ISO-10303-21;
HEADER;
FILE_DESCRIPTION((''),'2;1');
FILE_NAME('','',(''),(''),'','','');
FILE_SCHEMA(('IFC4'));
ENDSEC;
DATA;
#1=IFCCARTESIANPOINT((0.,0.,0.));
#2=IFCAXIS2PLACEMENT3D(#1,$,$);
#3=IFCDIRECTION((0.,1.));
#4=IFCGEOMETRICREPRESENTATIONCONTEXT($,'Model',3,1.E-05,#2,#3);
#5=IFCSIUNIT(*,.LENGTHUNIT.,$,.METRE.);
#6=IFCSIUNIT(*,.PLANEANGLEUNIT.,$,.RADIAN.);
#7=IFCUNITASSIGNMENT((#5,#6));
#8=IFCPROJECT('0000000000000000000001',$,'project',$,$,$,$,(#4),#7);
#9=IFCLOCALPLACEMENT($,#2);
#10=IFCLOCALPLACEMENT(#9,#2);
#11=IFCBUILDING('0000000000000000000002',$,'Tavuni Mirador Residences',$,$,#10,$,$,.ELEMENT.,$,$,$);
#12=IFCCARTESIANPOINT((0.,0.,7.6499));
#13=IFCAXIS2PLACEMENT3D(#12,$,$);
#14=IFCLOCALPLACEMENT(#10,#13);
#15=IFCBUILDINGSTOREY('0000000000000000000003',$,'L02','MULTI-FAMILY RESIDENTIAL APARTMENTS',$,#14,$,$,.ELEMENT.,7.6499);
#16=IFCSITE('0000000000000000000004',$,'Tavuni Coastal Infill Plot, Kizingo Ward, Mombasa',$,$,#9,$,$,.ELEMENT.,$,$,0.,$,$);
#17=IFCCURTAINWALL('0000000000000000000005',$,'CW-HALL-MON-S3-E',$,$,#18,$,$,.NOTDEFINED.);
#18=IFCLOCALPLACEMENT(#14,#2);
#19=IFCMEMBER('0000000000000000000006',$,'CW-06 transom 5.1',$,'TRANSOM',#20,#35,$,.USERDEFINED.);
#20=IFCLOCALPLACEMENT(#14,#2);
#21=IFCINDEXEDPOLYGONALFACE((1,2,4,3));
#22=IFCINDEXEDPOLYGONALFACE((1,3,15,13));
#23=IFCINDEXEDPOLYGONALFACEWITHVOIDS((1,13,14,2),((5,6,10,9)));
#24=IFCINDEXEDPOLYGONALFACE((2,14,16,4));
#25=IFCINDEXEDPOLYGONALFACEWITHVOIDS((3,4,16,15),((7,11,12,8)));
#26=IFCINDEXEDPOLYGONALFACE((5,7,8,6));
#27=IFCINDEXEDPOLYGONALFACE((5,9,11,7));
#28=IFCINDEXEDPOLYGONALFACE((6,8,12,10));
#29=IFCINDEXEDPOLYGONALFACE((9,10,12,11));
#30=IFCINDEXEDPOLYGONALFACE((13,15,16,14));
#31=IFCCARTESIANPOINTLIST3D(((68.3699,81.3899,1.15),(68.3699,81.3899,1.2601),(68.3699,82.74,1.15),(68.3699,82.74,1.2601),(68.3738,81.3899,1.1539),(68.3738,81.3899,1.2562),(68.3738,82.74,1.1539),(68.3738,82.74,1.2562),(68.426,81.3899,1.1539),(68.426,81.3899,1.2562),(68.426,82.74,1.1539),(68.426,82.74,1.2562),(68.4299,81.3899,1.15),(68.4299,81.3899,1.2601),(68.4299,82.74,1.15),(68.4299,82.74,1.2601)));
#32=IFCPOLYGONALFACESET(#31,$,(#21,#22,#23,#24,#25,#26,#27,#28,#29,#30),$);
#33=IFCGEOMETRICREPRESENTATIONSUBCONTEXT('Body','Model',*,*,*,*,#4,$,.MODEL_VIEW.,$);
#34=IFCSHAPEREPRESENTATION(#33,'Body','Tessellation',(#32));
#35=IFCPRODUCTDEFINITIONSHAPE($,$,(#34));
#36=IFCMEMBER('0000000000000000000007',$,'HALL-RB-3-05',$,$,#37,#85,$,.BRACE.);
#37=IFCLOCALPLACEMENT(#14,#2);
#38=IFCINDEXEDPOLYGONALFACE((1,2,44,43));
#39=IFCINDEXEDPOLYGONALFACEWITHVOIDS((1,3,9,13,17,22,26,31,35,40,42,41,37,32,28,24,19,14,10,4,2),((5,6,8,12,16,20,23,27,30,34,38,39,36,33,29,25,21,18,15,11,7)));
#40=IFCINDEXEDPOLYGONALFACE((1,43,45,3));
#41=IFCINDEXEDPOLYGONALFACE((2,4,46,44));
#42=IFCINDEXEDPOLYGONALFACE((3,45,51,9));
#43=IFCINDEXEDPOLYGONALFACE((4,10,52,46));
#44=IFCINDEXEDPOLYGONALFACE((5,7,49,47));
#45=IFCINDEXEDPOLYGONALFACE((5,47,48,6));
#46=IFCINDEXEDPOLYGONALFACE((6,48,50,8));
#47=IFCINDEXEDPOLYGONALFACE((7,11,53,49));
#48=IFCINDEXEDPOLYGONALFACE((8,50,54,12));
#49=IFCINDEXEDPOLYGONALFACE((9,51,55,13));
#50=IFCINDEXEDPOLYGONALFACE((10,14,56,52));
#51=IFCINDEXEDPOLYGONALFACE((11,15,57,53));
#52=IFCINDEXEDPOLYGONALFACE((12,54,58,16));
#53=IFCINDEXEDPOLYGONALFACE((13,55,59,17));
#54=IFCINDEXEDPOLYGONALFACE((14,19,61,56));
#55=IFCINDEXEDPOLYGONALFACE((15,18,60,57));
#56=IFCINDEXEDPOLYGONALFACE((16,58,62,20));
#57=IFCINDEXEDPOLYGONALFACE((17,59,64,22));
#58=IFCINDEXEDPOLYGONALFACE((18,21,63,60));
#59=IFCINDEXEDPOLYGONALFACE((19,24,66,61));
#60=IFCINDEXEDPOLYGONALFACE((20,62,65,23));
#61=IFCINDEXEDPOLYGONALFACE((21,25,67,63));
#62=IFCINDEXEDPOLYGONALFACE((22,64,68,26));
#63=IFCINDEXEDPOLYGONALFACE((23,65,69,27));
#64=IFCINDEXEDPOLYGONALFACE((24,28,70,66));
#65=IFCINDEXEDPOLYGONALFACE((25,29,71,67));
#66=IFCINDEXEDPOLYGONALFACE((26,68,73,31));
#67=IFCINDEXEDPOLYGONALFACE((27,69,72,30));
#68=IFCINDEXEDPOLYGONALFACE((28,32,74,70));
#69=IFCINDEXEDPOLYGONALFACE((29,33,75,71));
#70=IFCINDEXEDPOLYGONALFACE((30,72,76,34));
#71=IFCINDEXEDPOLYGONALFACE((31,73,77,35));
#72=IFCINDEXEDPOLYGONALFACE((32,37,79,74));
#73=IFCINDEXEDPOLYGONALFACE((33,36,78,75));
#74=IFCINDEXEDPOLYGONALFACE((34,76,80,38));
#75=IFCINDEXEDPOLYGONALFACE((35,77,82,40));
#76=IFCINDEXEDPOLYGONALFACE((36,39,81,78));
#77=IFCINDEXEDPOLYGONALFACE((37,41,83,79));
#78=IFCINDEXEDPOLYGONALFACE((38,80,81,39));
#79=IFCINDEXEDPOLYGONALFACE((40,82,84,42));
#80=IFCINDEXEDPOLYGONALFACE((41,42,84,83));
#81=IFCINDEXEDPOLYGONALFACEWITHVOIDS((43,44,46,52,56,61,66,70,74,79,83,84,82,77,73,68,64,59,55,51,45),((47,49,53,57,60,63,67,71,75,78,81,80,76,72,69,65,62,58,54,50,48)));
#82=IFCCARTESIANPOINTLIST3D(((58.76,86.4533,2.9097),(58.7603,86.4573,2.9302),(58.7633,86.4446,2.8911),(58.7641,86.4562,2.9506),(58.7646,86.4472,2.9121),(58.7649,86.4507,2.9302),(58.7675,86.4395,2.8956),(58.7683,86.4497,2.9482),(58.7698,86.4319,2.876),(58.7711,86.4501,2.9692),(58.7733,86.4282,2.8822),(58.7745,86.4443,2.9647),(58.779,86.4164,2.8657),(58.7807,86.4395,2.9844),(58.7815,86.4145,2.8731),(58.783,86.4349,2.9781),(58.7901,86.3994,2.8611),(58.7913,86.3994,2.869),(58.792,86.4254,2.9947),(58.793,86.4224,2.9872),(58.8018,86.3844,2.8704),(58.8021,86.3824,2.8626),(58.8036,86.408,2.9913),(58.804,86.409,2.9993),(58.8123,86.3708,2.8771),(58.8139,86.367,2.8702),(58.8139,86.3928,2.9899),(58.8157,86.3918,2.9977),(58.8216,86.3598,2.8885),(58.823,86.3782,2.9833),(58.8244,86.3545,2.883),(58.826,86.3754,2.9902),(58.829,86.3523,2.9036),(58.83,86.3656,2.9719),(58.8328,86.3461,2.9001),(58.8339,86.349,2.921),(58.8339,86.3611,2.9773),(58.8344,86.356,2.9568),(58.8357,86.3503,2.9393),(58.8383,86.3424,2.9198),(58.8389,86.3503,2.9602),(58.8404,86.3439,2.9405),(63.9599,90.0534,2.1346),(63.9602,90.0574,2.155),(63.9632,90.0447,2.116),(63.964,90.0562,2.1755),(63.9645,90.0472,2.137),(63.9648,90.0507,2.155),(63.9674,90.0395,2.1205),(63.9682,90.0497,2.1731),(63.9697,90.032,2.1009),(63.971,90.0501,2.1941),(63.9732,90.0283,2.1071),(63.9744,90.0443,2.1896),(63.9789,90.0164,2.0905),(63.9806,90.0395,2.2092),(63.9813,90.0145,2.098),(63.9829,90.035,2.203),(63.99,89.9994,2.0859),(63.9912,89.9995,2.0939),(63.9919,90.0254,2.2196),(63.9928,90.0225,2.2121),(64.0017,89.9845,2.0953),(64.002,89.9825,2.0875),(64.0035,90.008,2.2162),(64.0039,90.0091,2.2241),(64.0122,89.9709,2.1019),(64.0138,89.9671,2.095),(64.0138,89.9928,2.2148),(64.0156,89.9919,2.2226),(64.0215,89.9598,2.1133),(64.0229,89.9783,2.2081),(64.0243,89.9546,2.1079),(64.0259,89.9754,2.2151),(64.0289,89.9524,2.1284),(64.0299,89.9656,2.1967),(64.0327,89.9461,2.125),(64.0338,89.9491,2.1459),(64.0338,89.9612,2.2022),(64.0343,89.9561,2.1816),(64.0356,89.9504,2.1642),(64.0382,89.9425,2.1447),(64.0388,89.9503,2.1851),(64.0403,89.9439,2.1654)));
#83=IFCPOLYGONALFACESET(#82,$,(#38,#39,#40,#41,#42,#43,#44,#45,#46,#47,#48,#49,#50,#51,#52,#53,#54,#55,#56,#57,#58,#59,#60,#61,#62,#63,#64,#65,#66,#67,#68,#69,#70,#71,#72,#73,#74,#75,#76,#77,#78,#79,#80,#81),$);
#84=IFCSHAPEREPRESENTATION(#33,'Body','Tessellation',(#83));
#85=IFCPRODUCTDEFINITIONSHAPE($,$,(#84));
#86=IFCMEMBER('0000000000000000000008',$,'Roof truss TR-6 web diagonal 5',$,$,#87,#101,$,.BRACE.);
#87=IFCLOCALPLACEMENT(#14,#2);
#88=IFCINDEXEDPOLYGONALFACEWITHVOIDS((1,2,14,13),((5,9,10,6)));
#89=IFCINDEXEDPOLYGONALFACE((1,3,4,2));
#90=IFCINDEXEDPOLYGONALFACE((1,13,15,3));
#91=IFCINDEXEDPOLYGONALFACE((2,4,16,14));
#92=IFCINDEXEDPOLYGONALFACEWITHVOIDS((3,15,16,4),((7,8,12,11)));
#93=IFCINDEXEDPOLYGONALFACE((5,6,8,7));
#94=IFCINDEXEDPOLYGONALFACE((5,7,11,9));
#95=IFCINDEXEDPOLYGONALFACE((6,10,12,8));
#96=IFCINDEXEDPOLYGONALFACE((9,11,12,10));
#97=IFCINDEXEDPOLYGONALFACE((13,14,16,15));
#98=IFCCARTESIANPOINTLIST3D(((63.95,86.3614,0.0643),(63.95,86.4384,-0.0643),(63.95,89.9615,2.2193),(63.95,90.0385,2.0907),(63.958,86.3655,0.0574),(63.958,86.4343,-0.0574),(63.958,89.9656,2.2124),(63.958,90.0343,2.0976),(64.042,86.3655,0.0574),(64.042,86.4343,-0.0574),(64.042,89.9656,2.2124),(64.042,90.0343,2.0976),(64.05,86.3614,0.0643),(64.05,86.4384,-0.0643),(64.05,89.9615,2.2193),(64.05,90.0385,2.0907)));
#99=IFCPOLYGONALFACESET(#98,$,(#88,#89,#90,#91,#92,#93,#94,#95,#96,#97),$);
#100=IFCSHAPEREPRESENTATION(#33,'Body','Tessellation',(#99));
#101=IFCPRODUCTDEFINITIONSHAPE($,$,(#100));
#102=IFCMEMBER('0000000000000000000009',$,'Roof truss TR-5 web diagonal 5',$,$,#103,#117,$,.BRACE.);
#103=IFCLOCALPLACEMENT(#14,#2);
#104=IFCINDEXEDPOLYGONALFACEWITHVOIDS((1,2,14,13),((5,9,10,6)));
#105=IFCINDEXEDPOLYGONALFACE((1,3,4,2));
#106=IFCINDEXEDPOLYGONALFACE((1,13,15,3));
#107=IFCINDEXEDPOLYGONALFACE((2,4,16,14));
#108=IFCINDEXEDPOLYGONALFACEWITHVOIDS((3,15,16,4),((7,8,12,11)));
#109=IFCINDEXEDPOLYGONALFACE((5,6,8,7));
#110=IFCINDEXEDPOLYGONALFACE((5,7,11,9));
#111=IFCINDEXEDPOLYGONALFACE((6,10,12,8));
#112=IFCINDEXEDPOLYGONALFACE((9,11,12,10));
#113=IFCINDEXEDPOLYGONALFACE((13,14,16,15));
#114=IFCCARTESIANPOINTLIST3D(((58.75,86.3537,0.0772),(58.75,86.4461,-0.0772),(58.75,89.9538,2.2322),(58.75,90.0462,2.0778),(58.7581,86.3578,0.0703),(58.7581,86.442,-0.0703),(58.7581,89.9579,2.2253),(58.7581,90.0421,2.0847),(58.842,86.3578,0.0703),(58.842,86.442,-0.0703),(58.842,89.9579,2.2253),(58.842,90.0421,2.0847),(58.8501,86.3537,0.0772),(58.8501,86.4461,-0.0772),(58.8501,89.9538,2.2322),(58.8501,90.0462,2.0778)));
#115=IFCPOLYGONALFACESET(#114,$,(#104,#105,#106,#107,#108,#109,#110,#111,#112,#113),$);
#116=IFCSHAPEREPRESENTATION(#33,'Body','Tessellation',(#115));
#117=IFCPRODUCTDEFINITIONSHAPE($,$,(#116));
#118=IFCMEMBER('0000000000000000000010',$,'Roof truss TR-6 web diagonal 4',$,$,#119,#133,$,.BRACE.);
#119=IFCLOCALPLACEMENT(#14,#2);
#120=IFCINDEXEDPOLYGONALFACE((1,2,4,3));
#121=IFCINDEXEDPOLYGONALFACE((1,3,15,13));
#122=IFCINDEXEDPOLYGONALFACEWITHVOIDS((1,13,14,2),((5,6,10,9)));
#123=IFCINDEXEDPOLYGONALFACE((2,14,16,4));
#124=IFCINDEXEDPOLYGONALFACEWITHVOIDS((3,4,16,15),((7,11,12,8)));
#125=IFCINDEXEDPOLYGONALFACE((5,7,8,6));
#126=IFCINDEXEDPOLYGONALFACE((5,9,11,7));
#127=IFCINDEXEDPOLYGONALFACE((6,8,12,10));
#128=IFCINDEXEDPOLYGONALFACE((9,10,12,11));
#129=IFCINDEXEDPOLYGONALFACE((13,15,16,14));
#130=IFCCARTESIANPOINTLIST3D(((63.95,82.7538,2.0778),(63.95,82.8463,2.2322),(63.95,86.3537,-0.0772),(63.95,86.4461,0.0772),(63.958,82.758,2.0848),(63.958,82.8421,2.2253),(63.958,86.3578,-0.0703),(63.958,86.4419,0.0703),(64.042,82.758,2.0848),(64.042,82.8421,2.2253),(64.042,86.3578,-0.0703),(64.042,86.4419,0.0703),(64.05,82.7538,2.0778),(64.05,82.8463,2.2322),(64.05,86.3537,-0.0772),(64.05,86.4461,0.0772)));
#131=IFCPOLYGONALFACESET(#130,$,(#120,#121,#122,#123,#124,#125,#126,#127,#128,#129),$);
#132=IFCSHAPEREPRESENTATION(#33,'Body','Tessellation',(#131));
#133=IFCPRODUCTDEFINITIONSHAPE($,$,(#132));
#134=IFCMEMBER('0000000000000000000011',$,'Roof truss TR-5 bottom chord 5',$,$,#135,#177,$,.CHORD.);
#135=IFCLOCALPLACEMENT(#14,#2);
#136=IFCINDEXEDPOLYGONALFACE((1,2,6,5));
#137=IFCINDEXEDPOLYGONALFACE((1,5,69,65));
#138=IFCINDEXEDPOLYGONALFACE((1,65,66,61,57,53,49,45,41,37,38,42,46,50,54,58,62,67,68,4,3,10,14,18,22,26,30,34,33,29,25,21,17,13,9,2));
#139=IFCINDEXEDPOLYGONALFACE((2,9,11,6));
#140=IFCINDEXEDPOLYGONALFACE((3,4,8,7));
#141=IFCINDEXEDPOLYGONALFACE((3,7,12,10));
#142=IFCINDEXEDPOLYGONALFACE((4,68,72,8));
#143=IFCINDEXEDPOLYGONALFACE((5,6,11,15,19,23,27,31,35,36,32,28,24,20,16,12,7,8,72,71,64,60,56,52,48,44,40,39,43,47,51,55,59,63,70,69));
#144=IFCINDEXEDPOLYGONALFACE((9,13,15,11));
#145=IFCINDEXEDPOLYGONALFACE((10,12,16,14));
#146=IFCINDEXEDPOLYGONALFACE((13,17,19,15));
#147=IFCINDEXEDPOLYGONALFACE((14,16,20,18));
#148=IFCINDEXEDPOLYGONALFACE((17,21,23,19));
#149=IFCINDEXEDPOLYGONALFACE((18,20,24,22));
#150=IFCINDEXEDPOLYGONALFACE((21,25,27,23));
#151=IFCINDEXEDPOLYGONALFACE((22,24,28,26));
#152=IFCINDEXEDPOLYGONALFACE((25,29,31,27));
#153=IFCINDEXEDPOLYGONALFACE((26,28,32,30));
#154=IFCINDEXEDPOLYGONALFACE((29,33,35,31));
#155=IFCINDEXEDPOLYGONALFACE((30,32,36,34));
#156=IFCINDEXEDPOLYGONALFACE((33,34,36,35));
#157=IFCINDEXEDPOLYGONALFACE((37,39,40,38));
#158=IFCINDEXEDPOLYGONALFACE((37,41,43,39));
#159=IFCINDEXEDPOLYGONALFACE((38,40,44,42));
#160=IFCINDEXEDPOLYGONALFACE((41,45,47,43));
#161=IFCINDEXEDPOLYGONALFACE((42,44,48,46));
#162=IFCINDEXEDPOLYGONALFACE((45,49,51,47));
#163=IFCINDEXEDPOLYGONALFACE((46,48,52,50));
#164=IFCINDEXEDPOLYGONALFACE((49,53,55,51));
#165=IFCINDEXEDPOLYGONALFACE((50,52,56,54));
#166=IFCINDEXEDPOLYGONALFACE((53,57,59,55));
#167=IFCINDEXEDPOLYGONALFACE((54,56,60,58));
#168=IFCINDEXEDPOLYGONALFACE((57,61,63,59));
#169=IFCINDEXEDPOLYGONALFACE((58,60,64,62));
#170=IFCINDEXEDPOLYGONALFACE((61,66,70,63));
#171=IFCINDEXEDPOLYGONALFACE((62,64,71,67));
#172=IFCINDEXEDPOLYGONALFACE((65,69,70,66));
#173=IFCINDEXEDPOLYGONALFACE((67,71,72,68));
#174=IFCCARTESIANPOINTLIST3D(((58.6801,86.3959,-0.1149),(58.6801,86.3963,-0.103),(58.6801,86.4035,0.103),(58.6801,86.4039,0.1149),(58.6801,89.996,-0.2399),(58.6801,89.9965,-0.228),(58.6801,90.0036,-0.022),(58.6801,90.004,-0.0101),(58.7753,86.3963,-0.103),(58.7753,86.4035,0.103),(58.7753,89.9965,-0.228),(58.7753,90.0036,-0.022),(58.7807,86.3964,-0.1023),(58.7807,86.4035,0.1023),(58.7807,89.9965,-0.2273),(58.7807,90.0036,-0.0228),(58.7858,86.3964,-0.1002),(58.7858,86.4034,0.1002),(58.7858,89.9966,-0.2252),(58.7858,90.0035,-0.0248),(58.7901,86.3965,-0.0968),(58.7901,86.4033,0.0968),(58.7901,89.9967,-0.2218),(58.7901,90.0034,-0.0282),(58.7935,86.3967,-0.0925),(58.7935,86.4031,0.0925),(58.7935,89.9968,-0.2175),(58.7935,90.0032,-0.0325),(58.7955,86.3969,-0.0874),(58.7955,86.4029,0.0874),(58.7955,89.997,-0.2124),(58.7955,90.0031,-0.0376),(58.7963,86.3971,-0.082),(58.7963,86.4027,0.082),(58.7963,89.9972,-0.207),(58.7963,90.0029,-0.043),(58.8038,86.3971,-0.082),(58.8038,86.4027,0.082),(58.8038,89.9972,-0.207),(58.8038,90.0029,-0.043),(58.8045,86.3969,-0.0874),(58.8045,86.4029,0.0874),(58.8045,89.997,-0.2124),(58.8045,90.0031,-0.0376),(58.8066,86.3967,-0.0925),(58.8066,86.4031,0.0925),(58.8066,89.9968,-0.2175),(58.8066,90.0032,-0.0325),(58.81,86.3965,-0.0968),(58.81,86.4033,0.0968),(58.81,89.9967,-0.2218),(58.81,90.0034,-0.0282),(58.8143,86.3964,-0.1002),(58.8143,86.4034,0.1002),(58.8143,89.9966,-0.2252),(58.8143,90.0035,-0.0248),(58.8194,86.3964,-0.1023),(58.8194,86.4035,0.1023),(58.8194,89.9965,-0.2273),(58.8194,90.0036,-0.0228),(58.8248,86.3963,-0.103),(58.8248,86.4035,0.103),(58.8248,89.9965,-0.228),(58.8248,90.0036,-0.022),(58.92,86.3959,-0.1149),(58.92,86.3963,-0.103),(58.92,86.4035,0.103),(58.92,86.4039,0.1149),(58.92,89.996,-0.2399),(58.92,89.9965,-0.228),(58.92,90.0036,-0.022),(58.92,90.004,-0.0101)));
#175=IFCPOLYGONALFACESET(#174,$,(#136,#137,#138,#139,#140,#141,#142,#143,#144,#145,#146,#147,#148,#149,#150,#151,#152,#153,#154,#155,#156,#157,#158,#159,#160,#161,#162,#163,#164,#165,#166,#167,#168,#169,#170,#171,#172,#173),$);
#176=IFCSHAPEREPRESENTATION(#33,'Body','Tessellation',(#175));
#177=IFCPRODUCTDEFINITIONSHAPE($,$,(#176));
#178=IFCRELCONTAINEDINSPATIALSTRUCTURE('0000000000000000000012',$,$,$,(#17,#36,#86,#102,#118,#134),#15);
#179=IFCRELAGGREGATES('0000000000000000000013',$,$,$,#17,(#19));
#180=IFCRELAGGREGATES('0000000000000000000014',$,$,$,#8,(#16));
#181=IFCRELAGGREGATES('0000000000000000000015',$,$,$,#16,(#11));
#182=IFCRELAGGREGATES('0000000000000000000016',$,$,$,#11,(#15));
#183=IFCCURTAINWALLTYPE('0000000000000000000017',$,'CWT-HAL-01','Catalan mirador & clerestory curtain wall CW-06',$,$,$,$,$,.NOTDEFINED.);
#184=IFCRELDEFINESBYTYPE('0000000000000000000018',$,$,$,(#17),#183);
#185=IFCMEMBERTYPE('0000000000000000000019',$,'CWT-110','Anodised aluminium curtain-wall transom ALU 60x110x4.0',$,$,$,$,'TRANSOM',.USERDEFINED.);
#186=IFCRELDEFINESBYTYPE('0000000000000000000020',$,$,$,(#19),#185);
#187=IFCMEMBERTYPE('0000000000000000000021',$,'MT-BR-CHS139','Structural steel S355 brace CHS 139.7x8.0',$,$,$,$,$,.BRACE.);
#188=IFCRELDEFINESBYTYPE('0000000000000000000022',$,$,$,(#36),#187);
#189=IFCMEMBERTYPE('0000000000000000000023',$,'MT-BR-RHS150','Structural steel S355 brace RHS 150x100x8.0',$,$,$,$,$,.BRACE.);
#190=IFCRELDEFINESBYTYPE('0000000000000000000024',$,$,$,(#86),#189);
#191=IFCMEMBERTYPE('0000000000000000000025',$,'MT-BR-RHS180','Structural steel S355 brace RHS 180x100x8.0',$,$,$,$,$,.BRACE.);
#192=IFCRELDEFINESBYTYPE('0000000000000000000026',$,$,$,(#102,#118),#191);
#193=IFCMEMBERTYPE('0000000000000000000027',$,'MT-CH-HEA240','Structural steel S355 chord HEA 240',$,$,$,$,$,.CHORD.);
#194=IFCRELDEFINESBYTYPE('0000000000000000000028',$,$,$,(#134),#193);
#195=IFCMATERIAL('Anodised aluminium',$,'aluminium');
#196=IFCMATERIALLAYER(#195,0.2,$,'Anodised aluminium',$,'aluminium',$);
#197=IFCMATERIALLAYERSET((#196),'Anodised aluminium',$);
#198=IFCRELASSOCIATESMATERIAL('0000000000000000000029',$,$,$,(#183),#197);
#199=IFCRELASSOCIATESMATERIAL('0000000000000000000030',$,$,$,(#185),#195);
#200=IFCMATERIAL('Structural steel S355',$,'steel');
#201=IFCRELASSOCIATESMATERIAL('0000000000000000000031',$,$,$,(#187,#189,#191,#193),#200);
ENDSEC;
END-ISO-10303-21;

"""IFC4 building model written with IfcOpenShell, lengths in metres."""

from ifc_helpers import new_model, si_unit, direction, frame, origin, origin_2d, place, context, subcontext, project, spatial, hollow_rectangle, hollow_circle, i_section, extrude, material, layer, layer_set, material_profile, profile_set, type_object, element, aggregate, save


model = new_model("IFC4")

# Units and contexts
model_context = context("Model", 3, precision=1e-05, world=origin(), true_north=direction((0.0, 1.0)))
body_context = subcontext(model_context, "Body", "Model", "MODEL_VIEW")
ifc_project = project(units=[si_unit("LENGTHUNIT", "METRE"), si_unit("PLANEANGLEUNIT", "RADIAN")], contexts=[model_context])

# Site, building, storey
site_placement = place(None, origin())
site = spatial("IfcSite", under=ifc_project, at=site_placement, Name="Tavuni Coastal Infill Plot, Kizingo Ward, Mombasa", CompositionType="ELEMENT", RefElevation=0.0)
building_placement = place(site_placement, origin())
building = spatial("IfcBuilding", under=site, at=building_placement, Name="Tavuni Mirador Residences", CompositionType="ELEMENT")
storey_placement = place(building_placement, frame((0.0, 0.0, 7.6499)))
storey = spatial("IfcBuildingStorey", under=building, at=storey_placement, Name="L02", Description="MULTI-FAMILY RESIDENTIAL APARTMENTS", CompositionType="ELEMENT", Elevation=7.6499)

# Curtain wall
ifc_material_1 = material(Name="Anodised aluminium", Category="aluminium")
ifc_layer_1 = layer(ifc_material_1, 0.2, Name="Anodised aluminium", Category="aluminium")
ifc_layer_set_1 = layer_set([ifc_layer_1], Name="Anodised aluminium")
curtain_wall_type = type_object("IfcCurtainWallType", Name="CWT-HAL-01", Description="Catalan mirador & clerestory curtain wall CW-06", PredefinedType="NOTDEFINED", material=ifc_layer_set_1)
curtain_wall_1_placement = place(storey_placement, origin())
curtain_wall_1 = element("IfcCurtainWall", 1, at=curtain_wall_1_placement, inside=storey, type_object=curtain_wall_type, Name="CW-HALL-MON-S3-E", PredefinedType="NOTDEFINED")

# Member
ifc_material_profile_1 = material_profile(ifc_material_1, hollow_rectangle(XDim=0.0601, YDim=0.1101, WallThickness=0.0039, at=origin_2d()), Name="ALU 60x110x4.0", Category="aluminium")
ifc_profile_set_1 = profile_set([ifc_material_profile_1], Name="Anodised aluminium")
member_type_1 = type_object("IfcMemberType", Name="CWT-110", Description="Anodised aluminium curtain-wall transom ALU 60x110x4.0", ElementType="TRANSOM", PredefinedType="USERDEFINED", material=ifc_profile_set_1)
member_1_placement = place(storey_placement, frame((68.3999, 81.3899, 1.2051), z_axis=(0.0, 1.0, 0.0), x_axis=(-1.0, 0.0, 0.0)))
member_1 = element("IfcMember", 2, at=member_1_placement, type_object=member_type_1, Name="CW-06 transom 5.1", ObjectType="TRANSOM", PredefinedType="USERDEFINED", context=body_context, shape_type="SweptSolid", body=[
    extrude(hollow_rectangle(XDim=0.0601, YDim=0.1101, WallThickness=0.0039, at=origin_2d()), origin(), (0.0, 0.0, 1.0), 1.3501),
])

# Members
ifc_material_2 = material(Name="Structural steel S355", Category="steel")
ifc_material_profile_2 = material_profile(ifc_material_2, hollow_circle(Radius=0.0698, WallThickness=0.0081, at=origin_2d()), Name="CHS 139.7x8.0", Category="steel")
ifc_profile_set_2 = profile_set([ifc_material_profile_2], Name="Structural steel S355")
member_type_2 = type_object("IfcMemberType", Name="MT-BR-CHS139", Description="Structural steel S355 brace CHS 139.7x8.0", PredefinedType="BRACE", material=ifc_profile_set_2)
member_2_placement = place(storey_placement, frame((58.8, 86.3999, 2.9302), z_axis=(0.816076, 0.564996, -0.121651), x_axis=(-0.569224, 0.822182, 0.0)))
element("IfcMember", 3, at=member_2_placement, inside=storey, type_object=member_type_2, Name="HALL-RB-3-05", PredefinedType="BRACE", context=body_context, shape_type="SweptSolid", body=[
    extrude(hollow_circle(Radius=0.0698, WallThickness=0.0081, at=origin_2d()), origin(), (0.0, 0.0, 1.0), 6.3718),
])
ifc_material_profile_3 = material_profile(ifc_material_2, hollow_rectangle(XDim=0.1001, YDim=0.1499, WallThickness=0.0081, at=origin_2d()), Name="RHS 150x100x8.0", Category="steel")
ifc_profile_set_3 = profile_set([ifc_material_profile_3], Name="Structural steel S355")
member_type_3 = type_object("IfcMemberType", Name="MT-BR-RHS150", Description="Structural steel S355 brace RHS 150x100x8.0", PredefinedType="BRACE", material=ifc_profile_set_3)
member_3_placement = place(storey_placement, frame((64.0, 86.3999, 0.0), z_axis=(0.0, 0.858021, 0.513614), x_axis=(-1.0, 0.0, 0.0)))
element("IfcMember", 4, at=member_3_placement, inside=storey, type_object=member_type_3, Name="Roof truss TR-6 web diagonal 5", PredefinedType="BRACE", context=body_context, shape_type="SweptSolid", body=[
    extrude(hollow_rectangle(XDim=0.1001, YDim=0.1499, WallThickness=0.0081, at=origin_2d()), origin(), (0.0, 0.0, 1.0), 4.1958),
])
ifc_material_profile_4 = material_profile(ifc_material_2, hollow_rectangle(XDim=0.1001, YDim=0.1799, WallThickness=0.0081, at=origin_2d()), Name="RHS 180x100x8.0", Category="steel")
ifc_profile_set_4 = profile_set([ifc_material_profile_4], Name="Structural steel S355")
member_type_4 = type_object("IfcMemberType", Name="MT-BR-RHS180", Description="Structural steel S355 brace RHS 180x100x8.0", PredefinedType="BRACE", material=ifc_profile_set_4)
member_4_placement = place(storey_placement, frame((58.8, 86.3999, 0.0), z_axis=(0.0, 0.858021, 0.513614), x_axis=(-1.0, 0.0, 0.0)))
element("IfcMember", 5, at=member_4_placement, inside=storey, type_object=member_type_4, Name="Roof truss TR-5 web diagonal 5", PredefinedType="BRACE", context=body_context, shape_type="SweptSolid", body=[
    extrude(hollow_rectangle(XDim=0.1001, YDim=0.1799, WallThickness=0.0081, at=origin_2d()), origin(), (0.0, 0.0, 1.0), 4.1958),
])
member_5_placement = place(storey_placement, frame((64.0, 82.8, 2.155), z_axis=(0.0, 0.858006, -0.51364), x_axis=(-1.0, 0.0, 0.0)))
element("IfcMember", 6, at=member_5_placement, inside=storey, type_object=member_type_4, Name="Roof truss TR-6 web diagonal 4", PredefinedType="BRACE", context=body_context, shape_type="SweptSolid", body=[
    extrude(hollow_rectangle(XDim=0.1001, YDim=0.1799, WallThickness=0.0081, at=origin_2d()), origin(), (0.0, 0.0, 1.0), 4.1956),
])
ifc_material_profile_5 = material_profile(ifc_material_2, i_section(OverallWidth=0.24, OverallDepth=0.23, WebThickness=0.0076, FlangeThickness=0.012, FilletRadius=0.021, at=origin_2d()), Name="HEA 240", Category="steel")
ifc_profile_set_5 = profile_set([ifc_material_profile_5], Name="Structural steel S355")
member_type_5 = type_object("IfcMemberType", Name="MT-CH-HEA240", Description="Structural steel S355 chord HEA 240", PredefinedType="CHORD", material=ifc_profile_set_5)
member_6_placement = place(storey_placement, frame((58.8, 86.3999, 0.0), z_axis=(0.0, 0.999398, -0.0347), x_axis=(-1.0, 0.0, 0.0)))
element("IfcMember", 7, at=member_6_placement, inside=storey, type_object=member_type_5, Name="Roof truss TR-5 bottom chord 5", PredefinedType="CHORD", context=body_context, shape_type="SweptSolid", body=[
    extrude(i_section(OverallWidth=0.24, OverallDepth=0.23, WebThickness=0.0076, FlangeThickness=0.012, FilletRadius=0.021, at=origin_2d()), origin(), (0.0, 0.0, 1.0), 3.6023),
])

aggregate(curtain_wall_1, [member_1])

save(model, "model.ifc")
